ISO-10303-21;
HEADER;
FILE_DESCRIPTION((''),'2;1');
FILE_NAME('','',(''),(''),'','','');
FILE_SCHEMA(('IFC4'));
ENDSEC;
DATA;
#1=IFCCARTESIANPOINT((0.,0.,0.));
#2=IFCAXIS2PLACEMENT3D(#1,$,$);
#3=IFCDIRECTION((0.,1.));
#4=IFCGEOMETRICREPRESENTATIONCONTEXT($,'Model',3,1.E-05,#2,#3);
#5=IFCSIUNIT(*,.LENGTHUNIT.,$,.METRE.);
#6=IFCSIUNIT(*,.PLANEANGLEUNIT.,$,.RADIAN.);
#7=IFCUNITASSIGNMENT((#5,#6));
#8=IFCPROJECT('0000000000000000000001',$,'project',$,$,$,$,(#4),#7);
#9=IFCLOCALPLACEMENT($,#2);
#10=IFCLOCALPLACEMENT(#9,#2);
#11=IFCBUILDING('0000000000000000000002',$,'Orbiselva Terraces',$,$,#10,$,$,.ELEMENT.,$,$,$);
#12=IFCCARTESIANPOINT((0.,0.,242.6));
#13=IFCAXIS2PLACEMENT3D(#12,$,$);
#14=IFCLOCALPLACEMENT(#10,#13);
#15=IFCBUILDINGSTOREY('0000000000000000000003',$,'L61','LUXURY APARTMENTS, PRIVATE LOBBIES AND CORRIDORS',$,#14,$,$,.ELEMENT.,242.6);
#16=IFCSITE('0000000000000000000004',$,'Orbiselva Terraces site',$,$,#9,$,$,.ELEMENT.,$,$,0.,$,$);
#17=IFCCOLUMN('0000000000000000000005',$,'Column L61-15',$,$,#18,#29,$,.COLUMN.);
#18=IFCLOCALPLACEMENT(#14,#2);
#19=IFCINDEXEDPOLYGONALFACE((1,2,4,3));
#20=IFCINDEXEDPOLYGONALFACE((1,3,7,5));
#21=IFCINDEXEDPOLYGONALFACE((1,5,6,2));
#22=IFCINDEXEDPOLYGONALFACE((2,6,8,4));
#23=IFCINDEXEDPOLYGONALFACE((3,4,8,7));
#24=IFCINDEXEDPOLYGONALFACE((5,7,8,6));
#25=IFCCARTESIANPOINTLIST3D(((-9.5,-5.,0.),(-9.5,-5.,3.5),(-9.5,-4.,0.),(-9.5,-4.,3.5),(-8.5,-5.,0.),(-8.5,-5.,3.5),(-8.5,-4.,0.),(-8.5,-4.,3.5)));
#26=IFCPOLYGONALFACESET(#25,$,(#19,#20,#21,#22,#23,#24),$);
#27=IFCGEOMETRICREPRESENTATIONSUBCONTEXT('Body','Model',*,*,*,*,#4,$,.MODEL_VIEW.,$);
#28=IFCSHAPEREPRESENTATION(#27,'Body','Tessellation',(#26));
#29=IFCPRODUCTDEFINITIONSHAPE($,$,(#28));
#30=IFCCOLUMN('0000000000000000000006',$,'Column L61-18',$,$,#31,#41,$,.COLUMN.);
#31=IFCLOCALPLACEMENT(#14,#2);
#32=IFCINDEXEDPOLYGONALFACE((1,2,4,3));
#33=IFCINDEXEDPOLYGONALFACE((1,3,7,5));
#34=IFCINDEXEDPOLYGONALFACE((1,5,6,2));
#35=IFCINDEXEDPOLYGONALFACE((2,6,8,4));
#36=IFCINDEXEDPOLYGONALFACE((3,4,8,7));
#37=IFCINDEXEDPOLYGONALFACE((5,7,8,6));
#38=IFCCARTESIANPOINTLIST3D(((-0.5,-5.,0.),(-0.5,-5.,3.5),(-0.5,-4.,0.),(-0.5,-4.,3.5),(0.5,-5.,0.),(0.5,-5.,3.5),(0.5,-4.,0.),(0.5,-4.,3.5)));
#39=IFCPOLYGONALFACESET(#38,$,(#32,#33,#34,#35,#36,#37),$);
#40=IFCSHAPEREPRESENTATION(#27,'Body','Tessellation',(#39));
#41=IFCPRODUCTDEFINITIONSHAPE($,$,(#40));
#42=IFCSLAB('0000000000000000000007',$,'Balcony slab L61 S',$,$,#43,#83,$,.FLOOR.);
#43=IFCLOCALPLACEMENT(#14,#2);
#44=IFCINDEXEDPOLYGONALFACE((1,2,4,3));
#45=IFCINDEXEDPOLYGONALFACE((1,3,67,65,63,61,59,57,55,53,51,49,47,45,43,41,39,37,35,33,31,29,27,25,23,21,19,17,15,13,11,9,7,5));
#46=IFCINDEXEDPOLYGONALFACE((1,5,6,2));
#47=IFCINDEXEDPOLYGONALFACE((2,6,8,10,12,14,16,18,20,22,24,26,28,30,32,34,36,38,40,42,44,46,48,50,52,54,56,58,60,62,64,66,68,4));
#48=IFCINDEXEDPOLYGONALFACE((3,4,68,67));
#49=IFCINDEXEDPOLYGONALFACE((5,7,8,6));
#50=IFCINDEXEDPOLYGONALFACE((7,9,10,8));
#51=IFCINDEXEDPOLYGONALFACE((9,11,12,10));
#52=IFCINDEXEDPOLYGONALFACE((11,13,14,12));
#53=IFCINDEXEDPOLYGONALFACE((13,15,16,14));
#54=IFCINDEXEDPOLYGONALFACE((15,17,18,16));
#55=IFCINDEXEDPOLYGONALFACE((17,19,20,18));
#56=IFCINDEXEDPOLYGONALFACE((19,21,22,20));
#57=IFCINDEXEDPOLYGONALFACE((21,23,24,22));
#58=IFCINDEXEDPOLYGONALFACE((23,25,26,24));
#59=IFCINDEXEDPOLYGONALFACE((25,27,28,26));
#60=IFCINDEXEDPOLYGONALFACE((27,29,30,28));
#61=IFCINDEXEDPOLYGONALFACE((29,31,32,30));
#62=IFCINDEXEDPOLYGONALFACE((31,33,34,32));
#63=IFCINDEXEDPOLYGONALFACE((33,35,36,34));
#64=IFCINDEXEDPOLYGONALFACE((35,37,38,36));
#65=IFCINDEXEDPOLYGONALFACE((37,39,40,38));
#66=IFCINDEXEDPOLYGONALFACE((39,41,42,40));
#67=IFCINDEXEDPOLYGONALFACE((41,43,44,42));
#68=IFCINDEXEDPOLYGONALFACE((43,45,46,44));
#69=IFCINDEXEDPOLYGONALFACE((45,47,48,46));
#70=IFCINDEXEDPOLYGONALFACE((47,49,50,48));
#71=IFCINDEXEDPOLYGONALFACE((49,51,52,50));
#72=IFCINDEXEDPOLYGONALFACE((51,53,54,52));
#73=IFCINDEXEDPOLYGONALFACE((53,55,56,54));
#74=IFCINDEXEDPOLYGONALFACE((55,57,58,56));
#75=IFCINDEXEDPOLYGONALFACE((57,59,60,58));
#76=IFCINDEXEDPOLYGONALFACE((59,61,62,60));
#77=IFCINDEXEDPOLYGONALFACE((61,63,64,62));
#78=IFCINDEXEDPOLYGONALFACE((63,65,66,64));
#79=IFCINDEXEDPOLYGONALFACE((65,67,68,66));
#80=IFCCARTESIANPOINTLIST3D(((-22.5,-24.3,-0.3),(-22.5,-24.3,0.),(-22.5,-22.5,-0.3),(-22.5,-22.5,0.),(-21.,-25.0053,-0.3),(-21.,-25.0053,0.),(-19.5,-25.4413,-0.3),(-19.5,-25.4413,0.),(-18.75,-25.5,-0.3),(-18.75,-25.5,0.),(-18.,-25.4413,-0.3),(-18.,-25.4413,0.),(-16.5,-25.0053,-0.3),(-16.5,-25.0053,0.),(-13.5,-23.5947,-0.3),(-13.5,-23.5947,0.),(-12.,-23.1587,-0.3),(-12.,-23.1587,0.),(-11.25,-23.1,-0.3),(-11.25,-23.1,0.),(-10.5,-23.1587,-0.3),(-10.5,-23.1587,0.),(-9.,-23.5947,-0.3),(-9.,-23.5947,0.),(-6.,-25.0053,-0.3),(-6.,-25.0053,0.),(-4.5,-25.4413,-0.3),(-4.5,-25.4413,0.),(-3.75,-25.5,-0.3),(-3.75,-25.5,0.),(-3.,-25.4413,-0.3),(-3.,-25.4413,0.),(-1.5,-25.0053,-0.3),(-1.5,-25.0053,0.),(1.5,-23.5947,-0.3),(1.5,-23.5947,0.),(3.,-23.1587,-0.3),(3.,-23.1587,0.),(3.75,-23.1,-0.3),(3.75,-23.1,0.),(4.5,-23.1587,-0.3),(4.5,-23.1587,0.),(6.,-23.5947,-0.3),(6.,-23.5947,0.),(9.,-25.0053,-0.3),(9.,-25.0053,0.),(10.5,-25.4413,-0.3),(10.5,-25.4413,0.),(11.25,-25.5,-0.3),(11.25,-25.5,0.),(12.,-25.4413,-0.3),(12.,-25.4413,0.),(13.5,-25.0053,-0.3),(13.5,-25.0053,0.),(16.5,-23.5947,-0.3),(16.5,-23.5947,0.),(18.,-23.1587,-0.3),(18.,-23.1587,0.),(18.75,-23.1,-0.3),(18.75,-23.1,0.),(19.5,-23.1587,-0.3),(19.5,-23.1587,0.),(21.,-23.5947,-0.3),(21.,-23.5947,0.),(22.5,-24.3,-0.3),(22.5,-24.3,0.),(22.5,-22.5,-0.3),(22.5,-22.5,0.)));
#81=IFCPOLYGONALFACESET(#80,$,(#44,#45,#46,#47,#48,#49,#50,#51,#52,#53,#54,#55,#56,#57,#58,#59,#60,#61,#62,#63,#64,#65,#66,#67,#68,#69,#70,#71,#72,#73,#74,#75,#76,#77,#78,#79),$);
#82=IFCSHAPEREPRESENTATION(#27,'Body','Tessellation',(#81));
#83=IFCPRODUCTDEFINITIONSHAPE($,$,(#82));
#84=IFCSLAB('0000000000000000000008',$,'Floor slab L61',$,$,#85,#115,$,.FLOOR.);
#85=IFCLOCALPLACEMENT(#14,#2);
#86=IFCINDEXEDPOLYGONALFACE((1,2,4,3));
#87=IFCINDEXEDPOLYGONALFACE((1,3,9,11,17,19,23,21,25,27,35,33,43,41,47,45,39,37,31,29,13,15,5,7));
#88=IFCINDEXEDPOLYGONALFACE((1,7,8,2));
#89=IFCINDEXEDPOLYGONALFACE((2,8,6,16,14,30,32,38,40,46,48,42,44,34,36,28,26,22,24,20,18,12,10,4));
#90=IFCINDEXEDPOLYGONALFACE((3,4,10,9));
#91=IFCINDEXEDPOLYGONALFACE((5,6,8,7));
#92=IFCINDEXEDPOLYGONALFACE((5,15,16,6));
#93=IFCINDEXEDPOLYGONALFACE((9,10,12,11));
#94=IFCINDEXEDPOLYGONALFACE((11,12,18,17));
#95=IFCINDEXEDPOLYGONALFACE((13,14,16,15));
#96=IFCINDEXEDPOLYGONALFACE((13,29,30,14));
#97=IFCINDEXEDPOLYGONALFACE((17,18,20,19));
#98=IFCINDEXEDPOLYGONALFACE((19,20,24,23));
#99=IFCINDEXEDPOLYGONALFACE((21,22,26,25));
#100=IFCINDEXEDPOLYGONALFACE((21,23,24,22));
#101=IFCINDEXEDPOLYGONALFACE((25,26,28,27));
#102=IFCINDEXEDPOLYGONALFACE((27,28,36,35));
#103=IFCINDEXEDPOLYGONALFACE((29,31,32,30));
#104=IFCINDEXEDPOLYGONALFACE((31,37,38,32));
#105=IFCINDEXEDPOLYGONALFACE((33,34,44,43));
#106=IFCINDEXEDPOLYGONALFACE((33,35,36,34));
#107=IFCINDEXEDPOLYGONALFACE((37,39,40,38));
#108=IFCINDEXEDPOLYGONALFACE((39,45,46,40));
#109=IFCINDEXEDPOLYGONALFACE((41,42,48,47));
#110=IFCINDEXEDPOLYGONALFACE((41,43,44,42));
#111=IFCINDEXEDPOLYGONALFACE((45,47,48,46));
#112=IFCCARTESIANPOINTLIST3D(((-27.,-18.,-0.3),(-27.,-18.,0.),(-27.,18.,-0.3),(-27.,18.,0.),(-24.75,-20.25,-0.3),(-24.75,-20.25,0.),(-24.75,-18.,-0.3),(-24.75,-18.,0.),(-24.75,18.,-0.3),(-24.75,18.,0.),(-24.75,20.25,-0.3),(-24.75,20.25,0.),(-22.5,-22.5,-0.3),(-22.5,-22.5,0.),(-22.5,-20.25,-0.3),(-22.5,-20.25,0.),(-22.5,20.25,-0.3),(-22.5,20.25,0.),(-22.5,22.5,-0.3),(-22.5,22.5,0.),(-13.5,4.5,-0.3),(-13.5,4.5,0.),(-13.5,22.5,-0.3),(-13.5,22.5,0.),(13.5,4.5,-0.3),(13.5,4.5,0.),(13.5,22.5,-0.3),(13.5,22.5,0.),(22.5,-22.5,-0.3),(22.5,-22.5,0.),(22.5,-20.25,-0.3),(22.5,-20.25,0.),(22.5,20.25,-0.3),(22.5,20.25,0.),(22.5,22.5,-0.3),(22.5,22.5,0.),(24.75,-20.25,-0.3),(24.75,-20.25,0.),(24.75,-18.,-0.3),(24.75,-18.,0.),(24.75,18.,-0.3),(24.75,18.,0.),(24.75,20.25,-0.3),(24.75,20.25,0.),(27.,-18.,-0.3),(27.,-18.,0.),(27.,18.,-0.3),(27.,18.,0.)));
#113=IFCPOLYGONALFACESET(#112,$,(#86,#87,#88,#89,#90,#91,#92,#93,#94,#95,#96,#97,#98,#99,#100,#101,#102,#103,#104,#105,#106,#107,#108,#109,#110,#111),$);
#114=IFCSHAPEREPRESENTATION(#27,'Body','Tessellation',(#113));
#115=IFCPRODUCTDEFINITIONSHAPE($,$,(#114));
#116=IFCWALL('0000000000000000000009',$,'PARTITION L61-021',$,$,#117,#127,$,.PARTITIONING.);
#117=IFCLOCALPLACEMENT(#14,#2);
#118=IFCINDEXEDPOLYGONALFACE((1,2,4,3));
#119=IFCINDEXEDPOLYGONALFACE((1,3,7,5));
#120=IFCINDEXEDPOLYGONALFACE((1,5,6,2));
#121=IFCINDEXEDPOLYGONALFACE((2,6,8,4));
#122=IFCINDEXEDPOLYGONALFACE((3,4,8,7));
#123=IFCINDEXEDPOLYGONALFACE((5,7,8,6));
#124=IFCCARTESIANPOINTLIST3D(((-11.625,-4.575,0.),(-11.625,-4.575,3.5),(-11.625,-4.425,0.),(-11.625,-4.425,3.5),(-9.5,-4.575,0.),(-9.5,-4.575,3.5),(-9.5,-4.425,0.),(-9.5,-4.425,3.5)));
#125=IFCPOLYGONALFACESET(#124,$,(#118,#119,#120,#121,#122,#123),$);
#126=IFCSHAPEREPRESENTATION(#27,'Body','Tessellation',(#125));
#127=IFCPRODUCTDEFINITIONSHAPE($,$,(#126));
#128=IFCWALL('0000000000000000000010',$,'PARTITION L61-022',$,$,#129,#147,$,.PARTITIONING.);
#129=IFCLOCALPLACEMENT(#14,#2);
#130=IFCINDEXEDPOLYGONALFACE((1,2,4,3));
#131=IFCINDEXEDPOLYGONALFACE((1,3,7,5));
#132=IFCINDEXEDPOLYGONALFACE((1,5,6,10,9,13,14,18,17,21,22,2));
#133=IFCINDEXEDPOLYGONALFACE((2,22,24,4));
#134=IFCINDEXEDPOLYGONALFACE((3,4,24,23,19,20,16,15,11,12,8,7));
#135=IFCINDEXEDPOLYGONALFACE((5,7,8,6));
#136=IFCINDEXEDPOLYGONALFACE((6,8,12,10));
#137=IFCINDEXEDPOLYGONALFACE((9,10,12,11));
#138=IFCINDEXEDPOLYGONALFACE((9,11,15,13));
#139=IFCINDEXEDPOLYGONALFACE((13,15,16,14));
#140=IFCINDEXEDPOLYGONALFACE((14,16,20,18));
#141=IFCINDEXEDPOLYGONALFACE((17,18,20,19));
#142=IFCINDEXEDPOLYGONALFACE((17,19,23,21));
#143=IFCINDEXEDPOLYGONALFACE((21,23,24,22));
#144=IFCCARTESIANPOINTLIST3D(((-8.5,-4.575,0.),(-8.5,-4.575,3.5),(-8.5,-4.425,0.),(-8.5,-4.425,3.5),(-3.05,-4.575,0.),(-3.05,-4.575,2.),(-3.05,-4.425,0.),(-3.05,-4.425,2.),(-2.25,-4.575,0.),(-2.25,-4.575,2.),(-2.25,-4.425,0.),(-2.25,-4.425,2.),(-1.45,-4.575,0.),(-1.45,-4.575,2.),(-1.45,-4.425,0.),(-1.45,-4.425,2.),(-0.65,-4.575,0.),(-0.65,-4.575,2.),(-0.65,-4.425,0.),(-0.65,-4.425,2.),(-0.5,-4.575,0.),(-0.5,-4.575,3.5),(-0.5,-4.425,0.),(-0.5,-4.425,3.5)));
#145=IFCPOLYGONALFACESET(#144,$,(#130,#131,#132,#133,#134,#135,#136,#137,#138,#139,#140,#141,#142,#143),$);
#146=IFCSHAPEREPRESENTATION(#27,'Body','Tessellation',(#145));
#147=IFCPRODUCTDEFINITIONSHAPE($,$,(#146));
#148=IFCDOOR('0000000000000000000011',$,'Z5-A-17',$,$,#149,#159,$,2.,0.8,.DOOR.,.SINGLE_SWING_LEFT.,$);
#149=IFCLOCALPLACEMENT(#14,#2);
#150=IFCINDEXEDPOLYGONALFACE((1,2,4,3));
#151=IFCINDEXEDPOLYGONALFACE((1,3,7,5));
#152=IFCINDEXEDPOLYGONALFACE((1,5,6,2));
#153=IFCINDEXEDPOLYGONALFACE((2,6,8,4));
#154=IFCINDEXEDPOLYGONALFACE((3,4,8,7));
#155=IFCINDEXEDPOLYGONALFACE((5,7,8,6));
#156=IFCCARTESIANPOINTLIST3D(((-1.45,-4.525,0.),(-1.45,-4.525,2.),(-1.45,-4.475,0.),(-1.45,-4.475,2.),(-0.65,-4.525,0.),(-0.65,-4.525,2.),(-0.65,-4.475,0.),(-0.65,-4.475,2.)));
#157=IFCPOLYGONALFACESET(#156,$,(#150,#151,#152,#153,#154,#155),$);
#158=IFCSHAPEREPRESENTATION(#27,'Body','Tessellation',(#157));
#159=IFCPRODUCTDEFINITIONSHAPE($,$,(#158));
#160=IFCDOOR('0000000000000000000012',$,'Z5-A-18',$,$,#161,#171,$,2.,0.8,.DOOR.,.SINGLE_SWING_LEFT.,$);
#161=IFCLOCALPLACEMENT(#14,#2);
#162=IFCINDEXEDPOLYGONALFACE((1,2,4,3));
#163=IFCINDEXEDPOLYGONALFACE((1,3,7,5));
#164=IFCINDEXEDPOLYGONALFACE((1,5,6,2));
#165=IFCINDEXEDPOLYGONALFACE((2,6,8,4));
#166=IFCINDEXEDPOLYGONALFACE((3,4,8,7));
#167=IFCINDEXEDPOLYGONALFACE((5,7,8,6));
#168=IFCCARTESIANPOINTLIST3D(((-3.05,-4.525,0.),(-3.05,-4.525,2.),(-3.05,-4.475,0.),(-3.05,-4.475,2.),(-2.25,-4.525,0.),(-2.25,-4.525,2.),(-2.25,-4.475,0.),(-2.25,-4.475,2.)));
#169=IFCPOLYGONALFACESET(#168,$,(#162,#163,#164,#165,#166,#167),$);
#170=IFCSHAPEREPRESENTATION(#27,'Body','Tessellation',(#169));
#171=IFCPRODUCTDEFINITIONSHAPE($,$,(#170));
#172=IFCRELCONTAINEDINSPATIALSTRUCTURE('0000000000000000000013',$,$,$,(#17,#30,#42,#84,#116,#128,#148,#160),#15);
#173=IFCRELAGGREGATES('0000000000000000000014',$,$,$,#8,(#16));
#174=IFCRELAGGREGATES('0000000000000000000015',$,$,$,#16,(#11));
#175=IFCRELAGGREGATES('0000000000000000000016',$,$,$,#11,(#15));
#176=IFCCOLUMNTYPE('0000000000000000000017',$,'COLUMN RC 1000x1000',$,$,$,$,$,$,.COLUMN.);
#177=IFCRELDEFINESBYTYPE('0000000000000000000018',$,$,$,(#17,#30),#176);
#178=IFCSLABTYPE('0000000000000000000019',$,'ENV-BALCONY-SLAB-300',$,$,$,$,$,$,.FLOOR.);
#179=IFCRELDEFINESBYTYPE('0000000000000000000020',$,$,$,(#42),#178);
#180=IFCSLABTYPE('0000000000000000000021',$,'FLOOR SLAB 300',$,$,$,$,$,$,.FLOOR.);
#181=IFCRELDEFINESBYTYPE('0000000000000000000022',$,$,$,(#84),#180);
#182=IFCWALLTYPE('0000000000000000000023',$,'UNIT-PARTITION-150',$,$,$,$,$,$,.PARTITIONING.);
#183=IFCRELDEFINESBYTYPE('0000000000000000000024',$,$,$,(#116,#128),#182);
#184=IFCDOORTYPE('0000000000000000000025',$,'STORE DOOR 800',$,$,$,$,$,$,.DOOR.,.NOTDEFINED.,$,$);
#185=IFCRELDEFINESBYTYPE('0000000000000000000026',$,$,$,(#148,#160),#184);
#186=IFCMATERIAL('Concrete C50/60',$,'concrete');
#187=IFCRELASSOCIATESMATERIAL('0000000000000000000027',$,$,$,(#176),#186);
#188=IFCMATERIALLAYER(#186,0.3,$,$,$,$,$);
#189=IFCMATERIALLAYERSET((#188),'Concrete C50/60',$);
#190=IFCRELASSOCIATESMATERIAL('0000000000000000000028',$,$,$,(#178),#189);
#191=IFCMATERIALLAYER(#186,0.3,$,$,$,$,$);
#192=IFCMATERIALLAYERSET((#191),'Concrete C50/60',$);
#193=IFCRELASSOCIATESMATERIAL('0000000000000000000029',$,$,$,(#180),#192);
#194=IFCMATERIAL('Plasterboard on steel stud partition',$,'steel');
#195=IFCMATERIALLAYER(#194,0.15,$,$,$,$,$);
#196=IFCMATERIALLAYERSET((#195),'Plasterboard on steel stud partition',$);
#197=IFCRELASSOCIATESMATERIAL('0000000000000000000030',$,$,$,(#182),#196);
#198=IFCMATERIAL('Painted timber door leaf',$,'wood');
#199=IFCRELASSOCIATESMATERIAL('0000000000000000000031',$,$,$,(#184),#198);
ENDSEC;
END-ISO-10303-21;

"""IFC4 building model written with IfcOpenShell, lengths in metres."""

from ifc_helpers import new_model, si_unit, direction, frame, frame_2d, origin, origin_2d, place, context, subcontext, project, spatial, polyline, rectangle, outline, extrude, material, layer, layer_set, material_profile, profile_set, type_object, element, fill, save


model = new_model("IFC4")

# Units and contexts
model_context = context("Model", 3, precision=1e-05, world=origin(), true_north=direction((0.0, 1.0)))
body_context = subcontext(model_context, "Body", "Model", "MODEL_VIEW")
ifc_project = project(units=[si_unit("LENGTHUNIT", "METRE"), si_unit("PLANEANGLEUNIT", "RADIAN")], contexts=[model_context])

# Site, building, storey
site_placement = place(None, origin())
site = spatial("IfcSite", under=ifc_project, at=site_placement, Name="Orbiselva Terraces site", CompositionType="ELEMENT", RefElevation=0.0)
building_placement = place(site_placement, origin())
building = spatial("IfcBuilding", under=site, at=building_placement, Name="Orbiselva Terraces", CompositionType="ELEMENT")
storey_placement = place(building_placement, frame((0.0, 0.0, 242.6)))
storey = spatial("IfcBuildingStorey", under=building, at=storey_placement, Name="L61", Description="LUXURY APARTMENTS, PRIVATE LOBBIES AND CORRIDORS", CompositionType="ELEMENT", Elevation=242.6)

# Columns
ifc_material_1 = material(Name="Concrete C50/60", Category="concrete")
ifc_material_profile = material_profile(ifc_material_1, rectangle(XDim=1.0, YDim=1.0, at=origin_2d()), Name="RC 1000x1000")
ifc_profile_set = profile_set([ifc_material_profile], Name="Concrete C50/60")
column_type = type_object("IfcColumnType", Name="COLUMN RC 1000x1000", PredefinedType="COLUMN", material=ifc_profile_set)
for number, where, z_axis, x_axis, name in (
    (1, (-9.0, -4.5, 0.0), (0.0, 0.0, 1.0), (1.0, 0.0, 0.0), "Column L61-15"),
    (2, (0.0, -4.5, 0.0), (0.0, 0.0, 1.0), (1.0, 0.0, 0.0), "Column L61-18"),
):
    element("IfcColumn", number, at=place(storey_placement, frame(where, z_axis=z_axis, x_axis=x_axis)), inside=storey, type_object=column_type, Name=name, PredefinedType="COLUMN", context=body_context, shape_type="SweptSolid", body=[
        extrude(rectangle(XDim=1.0, YDim=1.0, at=origin_2d()), origin(), (0.0, 0.0, 1.0), 3.5),
    ])

# Slabs
ifc_layer_1 = layer(ifc_material_1, 0.3)
ifc_layer_set_1 = layer_set([ifc_layer_1], Name="Concrete C50/60")
slab_type_1 = type_object("IfcSlabType", Name="ENV-BALCONY-SLAB-300", PredefinedType="FLOOR", material=ifc_layer_set_1)
slab_1_placement = place(storey_placement, frame((0.0, 0.0, -0.3)))
element("IfcSlab", 3, at=slab_1_placement, inside=storey, type_object=slab_type_1, Name="Balcony slab L61 S", PredefinedType="FLOOR", context=body_context, shape_type="SweptSolid", body=[
    extrude(outline(polyline([(-22.5, -24.3), (-21.0, -25.0053), (-19.5, -25.4413), (-18.75, -25.5), (-18.0, -25.4413), (-16.5, -25.0053), (-13.5, -23.5947), (-12.0, -23.1587), (-11.25, -23.1), (-10.5, -23.1587), (-9.0, -23.5947), (-6.0, -25.0053), (-4.5, -25.4413), (-3.75, -25.5), (-3.0, -25.4413), (-1.5, -25.0053), (1.5, -23.5947), (3.0, -23.1587), (3.75, -23.1), (4.5, -23.1587), (6.0, -23.5947), (9.0, -25.0053), (10.5, -25.4413), (11.25, -25.5), (12.0, -25.4413), (13.5, -25.0053), (16.5, -23.5947), (18.0, -23.1587), (18.75, -23.1), (19.5, -23.1587), (21.0, -23.5947), (22.5, -24.3), (22.5, -22.5), (-22.5, -22.5), (-22.5, -24.3)])), origin(), (0.0, 0.0, 1.0), 0.3),
])
ifc_layer_2 = layer(ifc_material_1, 0.3)
ifc_layer_set_2 = layer_set([ifc_layer_2], Name="Concrete C50/60")
slab_type_2 = type_object("IfcSlabType", Name="FLOOR SLAB 300", PredefinedType="FLOOR", material=ifc_layer_set_2)
slab_2_placement = place(storey_placement, frame((0.0, 0.0, -0.3)))
element("IfcSlab", 4, at=slab_2_placement, inside=storey, type_object=slab_type_2, Name="Floor slab L61", PredefinedType="FLOOR", context=body_context, shape_type="SweptSolid", body=[
    extrude(outline(polyline([(22.5, 22.5), (22.5, 20.25), (24.75, 20.25), (24.75, 18.0), (27.0, 18.0), (27.0, -18.0), (24.75, -18.0), (24.75, -20.25), (22.5, -20.25), (22.5, -22.5), (-22.5, -22.5), (-22.5, -20.25), (-24.75, -20.25), (-24.75, -18.0), (-27.0, -18.0), (-27.0, 18.0), (-24.75, 18.0), (-24.75, 20.25), (-22.5, 20.25), (-22.5, 22.5), (-13.5, 22.5), (-13.5, 4.5), (13.5, 4.5), (13.5, 22.5), (22.5, 22.5)])), origin(), (0.0, 0.0, 1.0), 0.3),
])

# Wall
ifc_material_2 = material(Name="Plasterboard on steel stud partition", Category="steel")
ifc_layer_3 = layer(ifc_material_2, 0.15)
ifc_layer_set_3 = layer_set([ifc_layer_3], Name="Plasterboard on steel stud partition")
wall_type = type_object("IfcWallType", Name="UNIT-PARTITION-150", PredefinedType="PARTITIONING", material=ifc_layer_set_3)
wall_1_placement = place(storey_placement, frame((-11.625, -4.5, 0.0), z_axis=(0.0, 0.0, 1.0), x_axis=(1.0, 0.0, 0.0)))
element("IfcWall", 5, at=wall_1_placement, inside=storey, type_object=wall_type, Name="PARTITION L61-021", PredefinedType="PARTITIONING", context=body_context, shape_type="SweptSolid", body=[
    extrude(rectangle(XDim=2.125, YDim=0.15, at=frame_2d((1.0625, 0.0))), origin(), (0.0, 0.0, 1.0), 3.5),
])

# Wall, openings, doors
wall_2_placement = place(storey_placement, frame((-0.5, -4.5, 0.0), z_axis=(0.0, 0.0, 1.0), x_axis=(-1.0, 0.0, 0.0)))
wall_2 = element("IfcWall", 6, at=wall_2_placement, inside=storey, type_object=wall_type, Name="PARTITION L61-022", PredefinedType="PARTITIONING", context=body_context, shape_type="SweptSolid", body=[
    extrude(rectangle(XDim=8.0, YDim=0.15, at=frame_2d((4.0, 0.0))), origin(), (0.0, 0.0, 1.0), 3.5),
])
opening_1_placement = place(wall_2_placement, frame((0.15, 0.0, 0.0)))
opening_1 = element("IfcOpeningElement", 7, at=opening_1_placement, cuts=wall_2, PredefinedType="OPENING", context=body_context, shape_type="SweptSolid", body=[
    extrude(rectangle(XDim=0.8, YDim=2.0, at=frame_2d((0.4, 1.0))), frame((0.0, 0.085, 0.0), z_axis=(0.0, -1.0, 0.0), x_axis=(1.0, 0.0, 0.0)), (0.0, 0.0, 1.0), 0.17),
])
opening_2_placement = place(wall_2_placement, frame((1.75, 0.0, 0.0)))
opening_2 = element("IfcOpeningElement", 8, at=opening_2_placement, cuts=wall_2, PredefinedType="OPENING", context=body_context, shape_type="SweptSolid", body=[
    extrude(rectangle(XDim=0.8, YDim=2.0, at=frame_2d((0.4, 1.0))), frame((0.0, 0.085, 0.0), z_axis=(0.0, -1.0, 0.0), x_axis=(1.0, 0.0, 0.0)), (0.0, 0.0, 1.0), 0.17),
])
ifc_material_3 = material(Name="Painted timber door leaf", Category="wood")
door_type_1 = type_object("IfcDoorType", Name="STORE DOOR 800", OperationType="NOTDEFINED", PredefinedType="DOOR", material=ifc_material_3)
door_1_placement = place(opening_1_placement, origin())
door_1 = element("IfcDoor", 9, at=door_1_placement, inside=storey, type_object=door_type_1, Name="Z5-A-17", OperationType="SINGLE_SWING_LEFT", OverallHeight=2.0, OverallWidth=0.8, PredefinedType="DOOR", context=body_context, shape_type="SweptSolid", body=[
    extrude(rectangle(XDim=0.8, YDim=2.0, at=frame_2d((0.4, 1.0))), frame((0.0, 0.025, 0.0), z_axis=(0.0, -1.0, 0.0), x_axis=(1.0, 0.0, 0.0)), (0.0, 0.0, 1.0), 0.05),
])
fill(opening_1, door_1)
door_2_placement = place(opening_2_placement, origin())
door_2 = element("IfcDoor", 10, at=door_2_placement, inside=storey, type_object=door_type_1, Name="Z5-A-18", OperationType="SINGLE_SWING_LEFT", OverallHeight=2.0, OverallWidth=0.8, PredefinedType="DOOR", context=body_context, shape_type="SweptSolid", body=[
    extrude(rectangle(XDim=0.8, YDim=2.0, at=frame_2d((0.4, 1.0))), frame((0.0, 0.025, 0.0), z_axis=(0.0, -1.0, 0.0), x_axis=(1.0, 0.0, 0.0)), (0.0, 0.0, 1.0), 0.05),
])
fill(opening_2, door_2)

save(model, "model.ifc")
